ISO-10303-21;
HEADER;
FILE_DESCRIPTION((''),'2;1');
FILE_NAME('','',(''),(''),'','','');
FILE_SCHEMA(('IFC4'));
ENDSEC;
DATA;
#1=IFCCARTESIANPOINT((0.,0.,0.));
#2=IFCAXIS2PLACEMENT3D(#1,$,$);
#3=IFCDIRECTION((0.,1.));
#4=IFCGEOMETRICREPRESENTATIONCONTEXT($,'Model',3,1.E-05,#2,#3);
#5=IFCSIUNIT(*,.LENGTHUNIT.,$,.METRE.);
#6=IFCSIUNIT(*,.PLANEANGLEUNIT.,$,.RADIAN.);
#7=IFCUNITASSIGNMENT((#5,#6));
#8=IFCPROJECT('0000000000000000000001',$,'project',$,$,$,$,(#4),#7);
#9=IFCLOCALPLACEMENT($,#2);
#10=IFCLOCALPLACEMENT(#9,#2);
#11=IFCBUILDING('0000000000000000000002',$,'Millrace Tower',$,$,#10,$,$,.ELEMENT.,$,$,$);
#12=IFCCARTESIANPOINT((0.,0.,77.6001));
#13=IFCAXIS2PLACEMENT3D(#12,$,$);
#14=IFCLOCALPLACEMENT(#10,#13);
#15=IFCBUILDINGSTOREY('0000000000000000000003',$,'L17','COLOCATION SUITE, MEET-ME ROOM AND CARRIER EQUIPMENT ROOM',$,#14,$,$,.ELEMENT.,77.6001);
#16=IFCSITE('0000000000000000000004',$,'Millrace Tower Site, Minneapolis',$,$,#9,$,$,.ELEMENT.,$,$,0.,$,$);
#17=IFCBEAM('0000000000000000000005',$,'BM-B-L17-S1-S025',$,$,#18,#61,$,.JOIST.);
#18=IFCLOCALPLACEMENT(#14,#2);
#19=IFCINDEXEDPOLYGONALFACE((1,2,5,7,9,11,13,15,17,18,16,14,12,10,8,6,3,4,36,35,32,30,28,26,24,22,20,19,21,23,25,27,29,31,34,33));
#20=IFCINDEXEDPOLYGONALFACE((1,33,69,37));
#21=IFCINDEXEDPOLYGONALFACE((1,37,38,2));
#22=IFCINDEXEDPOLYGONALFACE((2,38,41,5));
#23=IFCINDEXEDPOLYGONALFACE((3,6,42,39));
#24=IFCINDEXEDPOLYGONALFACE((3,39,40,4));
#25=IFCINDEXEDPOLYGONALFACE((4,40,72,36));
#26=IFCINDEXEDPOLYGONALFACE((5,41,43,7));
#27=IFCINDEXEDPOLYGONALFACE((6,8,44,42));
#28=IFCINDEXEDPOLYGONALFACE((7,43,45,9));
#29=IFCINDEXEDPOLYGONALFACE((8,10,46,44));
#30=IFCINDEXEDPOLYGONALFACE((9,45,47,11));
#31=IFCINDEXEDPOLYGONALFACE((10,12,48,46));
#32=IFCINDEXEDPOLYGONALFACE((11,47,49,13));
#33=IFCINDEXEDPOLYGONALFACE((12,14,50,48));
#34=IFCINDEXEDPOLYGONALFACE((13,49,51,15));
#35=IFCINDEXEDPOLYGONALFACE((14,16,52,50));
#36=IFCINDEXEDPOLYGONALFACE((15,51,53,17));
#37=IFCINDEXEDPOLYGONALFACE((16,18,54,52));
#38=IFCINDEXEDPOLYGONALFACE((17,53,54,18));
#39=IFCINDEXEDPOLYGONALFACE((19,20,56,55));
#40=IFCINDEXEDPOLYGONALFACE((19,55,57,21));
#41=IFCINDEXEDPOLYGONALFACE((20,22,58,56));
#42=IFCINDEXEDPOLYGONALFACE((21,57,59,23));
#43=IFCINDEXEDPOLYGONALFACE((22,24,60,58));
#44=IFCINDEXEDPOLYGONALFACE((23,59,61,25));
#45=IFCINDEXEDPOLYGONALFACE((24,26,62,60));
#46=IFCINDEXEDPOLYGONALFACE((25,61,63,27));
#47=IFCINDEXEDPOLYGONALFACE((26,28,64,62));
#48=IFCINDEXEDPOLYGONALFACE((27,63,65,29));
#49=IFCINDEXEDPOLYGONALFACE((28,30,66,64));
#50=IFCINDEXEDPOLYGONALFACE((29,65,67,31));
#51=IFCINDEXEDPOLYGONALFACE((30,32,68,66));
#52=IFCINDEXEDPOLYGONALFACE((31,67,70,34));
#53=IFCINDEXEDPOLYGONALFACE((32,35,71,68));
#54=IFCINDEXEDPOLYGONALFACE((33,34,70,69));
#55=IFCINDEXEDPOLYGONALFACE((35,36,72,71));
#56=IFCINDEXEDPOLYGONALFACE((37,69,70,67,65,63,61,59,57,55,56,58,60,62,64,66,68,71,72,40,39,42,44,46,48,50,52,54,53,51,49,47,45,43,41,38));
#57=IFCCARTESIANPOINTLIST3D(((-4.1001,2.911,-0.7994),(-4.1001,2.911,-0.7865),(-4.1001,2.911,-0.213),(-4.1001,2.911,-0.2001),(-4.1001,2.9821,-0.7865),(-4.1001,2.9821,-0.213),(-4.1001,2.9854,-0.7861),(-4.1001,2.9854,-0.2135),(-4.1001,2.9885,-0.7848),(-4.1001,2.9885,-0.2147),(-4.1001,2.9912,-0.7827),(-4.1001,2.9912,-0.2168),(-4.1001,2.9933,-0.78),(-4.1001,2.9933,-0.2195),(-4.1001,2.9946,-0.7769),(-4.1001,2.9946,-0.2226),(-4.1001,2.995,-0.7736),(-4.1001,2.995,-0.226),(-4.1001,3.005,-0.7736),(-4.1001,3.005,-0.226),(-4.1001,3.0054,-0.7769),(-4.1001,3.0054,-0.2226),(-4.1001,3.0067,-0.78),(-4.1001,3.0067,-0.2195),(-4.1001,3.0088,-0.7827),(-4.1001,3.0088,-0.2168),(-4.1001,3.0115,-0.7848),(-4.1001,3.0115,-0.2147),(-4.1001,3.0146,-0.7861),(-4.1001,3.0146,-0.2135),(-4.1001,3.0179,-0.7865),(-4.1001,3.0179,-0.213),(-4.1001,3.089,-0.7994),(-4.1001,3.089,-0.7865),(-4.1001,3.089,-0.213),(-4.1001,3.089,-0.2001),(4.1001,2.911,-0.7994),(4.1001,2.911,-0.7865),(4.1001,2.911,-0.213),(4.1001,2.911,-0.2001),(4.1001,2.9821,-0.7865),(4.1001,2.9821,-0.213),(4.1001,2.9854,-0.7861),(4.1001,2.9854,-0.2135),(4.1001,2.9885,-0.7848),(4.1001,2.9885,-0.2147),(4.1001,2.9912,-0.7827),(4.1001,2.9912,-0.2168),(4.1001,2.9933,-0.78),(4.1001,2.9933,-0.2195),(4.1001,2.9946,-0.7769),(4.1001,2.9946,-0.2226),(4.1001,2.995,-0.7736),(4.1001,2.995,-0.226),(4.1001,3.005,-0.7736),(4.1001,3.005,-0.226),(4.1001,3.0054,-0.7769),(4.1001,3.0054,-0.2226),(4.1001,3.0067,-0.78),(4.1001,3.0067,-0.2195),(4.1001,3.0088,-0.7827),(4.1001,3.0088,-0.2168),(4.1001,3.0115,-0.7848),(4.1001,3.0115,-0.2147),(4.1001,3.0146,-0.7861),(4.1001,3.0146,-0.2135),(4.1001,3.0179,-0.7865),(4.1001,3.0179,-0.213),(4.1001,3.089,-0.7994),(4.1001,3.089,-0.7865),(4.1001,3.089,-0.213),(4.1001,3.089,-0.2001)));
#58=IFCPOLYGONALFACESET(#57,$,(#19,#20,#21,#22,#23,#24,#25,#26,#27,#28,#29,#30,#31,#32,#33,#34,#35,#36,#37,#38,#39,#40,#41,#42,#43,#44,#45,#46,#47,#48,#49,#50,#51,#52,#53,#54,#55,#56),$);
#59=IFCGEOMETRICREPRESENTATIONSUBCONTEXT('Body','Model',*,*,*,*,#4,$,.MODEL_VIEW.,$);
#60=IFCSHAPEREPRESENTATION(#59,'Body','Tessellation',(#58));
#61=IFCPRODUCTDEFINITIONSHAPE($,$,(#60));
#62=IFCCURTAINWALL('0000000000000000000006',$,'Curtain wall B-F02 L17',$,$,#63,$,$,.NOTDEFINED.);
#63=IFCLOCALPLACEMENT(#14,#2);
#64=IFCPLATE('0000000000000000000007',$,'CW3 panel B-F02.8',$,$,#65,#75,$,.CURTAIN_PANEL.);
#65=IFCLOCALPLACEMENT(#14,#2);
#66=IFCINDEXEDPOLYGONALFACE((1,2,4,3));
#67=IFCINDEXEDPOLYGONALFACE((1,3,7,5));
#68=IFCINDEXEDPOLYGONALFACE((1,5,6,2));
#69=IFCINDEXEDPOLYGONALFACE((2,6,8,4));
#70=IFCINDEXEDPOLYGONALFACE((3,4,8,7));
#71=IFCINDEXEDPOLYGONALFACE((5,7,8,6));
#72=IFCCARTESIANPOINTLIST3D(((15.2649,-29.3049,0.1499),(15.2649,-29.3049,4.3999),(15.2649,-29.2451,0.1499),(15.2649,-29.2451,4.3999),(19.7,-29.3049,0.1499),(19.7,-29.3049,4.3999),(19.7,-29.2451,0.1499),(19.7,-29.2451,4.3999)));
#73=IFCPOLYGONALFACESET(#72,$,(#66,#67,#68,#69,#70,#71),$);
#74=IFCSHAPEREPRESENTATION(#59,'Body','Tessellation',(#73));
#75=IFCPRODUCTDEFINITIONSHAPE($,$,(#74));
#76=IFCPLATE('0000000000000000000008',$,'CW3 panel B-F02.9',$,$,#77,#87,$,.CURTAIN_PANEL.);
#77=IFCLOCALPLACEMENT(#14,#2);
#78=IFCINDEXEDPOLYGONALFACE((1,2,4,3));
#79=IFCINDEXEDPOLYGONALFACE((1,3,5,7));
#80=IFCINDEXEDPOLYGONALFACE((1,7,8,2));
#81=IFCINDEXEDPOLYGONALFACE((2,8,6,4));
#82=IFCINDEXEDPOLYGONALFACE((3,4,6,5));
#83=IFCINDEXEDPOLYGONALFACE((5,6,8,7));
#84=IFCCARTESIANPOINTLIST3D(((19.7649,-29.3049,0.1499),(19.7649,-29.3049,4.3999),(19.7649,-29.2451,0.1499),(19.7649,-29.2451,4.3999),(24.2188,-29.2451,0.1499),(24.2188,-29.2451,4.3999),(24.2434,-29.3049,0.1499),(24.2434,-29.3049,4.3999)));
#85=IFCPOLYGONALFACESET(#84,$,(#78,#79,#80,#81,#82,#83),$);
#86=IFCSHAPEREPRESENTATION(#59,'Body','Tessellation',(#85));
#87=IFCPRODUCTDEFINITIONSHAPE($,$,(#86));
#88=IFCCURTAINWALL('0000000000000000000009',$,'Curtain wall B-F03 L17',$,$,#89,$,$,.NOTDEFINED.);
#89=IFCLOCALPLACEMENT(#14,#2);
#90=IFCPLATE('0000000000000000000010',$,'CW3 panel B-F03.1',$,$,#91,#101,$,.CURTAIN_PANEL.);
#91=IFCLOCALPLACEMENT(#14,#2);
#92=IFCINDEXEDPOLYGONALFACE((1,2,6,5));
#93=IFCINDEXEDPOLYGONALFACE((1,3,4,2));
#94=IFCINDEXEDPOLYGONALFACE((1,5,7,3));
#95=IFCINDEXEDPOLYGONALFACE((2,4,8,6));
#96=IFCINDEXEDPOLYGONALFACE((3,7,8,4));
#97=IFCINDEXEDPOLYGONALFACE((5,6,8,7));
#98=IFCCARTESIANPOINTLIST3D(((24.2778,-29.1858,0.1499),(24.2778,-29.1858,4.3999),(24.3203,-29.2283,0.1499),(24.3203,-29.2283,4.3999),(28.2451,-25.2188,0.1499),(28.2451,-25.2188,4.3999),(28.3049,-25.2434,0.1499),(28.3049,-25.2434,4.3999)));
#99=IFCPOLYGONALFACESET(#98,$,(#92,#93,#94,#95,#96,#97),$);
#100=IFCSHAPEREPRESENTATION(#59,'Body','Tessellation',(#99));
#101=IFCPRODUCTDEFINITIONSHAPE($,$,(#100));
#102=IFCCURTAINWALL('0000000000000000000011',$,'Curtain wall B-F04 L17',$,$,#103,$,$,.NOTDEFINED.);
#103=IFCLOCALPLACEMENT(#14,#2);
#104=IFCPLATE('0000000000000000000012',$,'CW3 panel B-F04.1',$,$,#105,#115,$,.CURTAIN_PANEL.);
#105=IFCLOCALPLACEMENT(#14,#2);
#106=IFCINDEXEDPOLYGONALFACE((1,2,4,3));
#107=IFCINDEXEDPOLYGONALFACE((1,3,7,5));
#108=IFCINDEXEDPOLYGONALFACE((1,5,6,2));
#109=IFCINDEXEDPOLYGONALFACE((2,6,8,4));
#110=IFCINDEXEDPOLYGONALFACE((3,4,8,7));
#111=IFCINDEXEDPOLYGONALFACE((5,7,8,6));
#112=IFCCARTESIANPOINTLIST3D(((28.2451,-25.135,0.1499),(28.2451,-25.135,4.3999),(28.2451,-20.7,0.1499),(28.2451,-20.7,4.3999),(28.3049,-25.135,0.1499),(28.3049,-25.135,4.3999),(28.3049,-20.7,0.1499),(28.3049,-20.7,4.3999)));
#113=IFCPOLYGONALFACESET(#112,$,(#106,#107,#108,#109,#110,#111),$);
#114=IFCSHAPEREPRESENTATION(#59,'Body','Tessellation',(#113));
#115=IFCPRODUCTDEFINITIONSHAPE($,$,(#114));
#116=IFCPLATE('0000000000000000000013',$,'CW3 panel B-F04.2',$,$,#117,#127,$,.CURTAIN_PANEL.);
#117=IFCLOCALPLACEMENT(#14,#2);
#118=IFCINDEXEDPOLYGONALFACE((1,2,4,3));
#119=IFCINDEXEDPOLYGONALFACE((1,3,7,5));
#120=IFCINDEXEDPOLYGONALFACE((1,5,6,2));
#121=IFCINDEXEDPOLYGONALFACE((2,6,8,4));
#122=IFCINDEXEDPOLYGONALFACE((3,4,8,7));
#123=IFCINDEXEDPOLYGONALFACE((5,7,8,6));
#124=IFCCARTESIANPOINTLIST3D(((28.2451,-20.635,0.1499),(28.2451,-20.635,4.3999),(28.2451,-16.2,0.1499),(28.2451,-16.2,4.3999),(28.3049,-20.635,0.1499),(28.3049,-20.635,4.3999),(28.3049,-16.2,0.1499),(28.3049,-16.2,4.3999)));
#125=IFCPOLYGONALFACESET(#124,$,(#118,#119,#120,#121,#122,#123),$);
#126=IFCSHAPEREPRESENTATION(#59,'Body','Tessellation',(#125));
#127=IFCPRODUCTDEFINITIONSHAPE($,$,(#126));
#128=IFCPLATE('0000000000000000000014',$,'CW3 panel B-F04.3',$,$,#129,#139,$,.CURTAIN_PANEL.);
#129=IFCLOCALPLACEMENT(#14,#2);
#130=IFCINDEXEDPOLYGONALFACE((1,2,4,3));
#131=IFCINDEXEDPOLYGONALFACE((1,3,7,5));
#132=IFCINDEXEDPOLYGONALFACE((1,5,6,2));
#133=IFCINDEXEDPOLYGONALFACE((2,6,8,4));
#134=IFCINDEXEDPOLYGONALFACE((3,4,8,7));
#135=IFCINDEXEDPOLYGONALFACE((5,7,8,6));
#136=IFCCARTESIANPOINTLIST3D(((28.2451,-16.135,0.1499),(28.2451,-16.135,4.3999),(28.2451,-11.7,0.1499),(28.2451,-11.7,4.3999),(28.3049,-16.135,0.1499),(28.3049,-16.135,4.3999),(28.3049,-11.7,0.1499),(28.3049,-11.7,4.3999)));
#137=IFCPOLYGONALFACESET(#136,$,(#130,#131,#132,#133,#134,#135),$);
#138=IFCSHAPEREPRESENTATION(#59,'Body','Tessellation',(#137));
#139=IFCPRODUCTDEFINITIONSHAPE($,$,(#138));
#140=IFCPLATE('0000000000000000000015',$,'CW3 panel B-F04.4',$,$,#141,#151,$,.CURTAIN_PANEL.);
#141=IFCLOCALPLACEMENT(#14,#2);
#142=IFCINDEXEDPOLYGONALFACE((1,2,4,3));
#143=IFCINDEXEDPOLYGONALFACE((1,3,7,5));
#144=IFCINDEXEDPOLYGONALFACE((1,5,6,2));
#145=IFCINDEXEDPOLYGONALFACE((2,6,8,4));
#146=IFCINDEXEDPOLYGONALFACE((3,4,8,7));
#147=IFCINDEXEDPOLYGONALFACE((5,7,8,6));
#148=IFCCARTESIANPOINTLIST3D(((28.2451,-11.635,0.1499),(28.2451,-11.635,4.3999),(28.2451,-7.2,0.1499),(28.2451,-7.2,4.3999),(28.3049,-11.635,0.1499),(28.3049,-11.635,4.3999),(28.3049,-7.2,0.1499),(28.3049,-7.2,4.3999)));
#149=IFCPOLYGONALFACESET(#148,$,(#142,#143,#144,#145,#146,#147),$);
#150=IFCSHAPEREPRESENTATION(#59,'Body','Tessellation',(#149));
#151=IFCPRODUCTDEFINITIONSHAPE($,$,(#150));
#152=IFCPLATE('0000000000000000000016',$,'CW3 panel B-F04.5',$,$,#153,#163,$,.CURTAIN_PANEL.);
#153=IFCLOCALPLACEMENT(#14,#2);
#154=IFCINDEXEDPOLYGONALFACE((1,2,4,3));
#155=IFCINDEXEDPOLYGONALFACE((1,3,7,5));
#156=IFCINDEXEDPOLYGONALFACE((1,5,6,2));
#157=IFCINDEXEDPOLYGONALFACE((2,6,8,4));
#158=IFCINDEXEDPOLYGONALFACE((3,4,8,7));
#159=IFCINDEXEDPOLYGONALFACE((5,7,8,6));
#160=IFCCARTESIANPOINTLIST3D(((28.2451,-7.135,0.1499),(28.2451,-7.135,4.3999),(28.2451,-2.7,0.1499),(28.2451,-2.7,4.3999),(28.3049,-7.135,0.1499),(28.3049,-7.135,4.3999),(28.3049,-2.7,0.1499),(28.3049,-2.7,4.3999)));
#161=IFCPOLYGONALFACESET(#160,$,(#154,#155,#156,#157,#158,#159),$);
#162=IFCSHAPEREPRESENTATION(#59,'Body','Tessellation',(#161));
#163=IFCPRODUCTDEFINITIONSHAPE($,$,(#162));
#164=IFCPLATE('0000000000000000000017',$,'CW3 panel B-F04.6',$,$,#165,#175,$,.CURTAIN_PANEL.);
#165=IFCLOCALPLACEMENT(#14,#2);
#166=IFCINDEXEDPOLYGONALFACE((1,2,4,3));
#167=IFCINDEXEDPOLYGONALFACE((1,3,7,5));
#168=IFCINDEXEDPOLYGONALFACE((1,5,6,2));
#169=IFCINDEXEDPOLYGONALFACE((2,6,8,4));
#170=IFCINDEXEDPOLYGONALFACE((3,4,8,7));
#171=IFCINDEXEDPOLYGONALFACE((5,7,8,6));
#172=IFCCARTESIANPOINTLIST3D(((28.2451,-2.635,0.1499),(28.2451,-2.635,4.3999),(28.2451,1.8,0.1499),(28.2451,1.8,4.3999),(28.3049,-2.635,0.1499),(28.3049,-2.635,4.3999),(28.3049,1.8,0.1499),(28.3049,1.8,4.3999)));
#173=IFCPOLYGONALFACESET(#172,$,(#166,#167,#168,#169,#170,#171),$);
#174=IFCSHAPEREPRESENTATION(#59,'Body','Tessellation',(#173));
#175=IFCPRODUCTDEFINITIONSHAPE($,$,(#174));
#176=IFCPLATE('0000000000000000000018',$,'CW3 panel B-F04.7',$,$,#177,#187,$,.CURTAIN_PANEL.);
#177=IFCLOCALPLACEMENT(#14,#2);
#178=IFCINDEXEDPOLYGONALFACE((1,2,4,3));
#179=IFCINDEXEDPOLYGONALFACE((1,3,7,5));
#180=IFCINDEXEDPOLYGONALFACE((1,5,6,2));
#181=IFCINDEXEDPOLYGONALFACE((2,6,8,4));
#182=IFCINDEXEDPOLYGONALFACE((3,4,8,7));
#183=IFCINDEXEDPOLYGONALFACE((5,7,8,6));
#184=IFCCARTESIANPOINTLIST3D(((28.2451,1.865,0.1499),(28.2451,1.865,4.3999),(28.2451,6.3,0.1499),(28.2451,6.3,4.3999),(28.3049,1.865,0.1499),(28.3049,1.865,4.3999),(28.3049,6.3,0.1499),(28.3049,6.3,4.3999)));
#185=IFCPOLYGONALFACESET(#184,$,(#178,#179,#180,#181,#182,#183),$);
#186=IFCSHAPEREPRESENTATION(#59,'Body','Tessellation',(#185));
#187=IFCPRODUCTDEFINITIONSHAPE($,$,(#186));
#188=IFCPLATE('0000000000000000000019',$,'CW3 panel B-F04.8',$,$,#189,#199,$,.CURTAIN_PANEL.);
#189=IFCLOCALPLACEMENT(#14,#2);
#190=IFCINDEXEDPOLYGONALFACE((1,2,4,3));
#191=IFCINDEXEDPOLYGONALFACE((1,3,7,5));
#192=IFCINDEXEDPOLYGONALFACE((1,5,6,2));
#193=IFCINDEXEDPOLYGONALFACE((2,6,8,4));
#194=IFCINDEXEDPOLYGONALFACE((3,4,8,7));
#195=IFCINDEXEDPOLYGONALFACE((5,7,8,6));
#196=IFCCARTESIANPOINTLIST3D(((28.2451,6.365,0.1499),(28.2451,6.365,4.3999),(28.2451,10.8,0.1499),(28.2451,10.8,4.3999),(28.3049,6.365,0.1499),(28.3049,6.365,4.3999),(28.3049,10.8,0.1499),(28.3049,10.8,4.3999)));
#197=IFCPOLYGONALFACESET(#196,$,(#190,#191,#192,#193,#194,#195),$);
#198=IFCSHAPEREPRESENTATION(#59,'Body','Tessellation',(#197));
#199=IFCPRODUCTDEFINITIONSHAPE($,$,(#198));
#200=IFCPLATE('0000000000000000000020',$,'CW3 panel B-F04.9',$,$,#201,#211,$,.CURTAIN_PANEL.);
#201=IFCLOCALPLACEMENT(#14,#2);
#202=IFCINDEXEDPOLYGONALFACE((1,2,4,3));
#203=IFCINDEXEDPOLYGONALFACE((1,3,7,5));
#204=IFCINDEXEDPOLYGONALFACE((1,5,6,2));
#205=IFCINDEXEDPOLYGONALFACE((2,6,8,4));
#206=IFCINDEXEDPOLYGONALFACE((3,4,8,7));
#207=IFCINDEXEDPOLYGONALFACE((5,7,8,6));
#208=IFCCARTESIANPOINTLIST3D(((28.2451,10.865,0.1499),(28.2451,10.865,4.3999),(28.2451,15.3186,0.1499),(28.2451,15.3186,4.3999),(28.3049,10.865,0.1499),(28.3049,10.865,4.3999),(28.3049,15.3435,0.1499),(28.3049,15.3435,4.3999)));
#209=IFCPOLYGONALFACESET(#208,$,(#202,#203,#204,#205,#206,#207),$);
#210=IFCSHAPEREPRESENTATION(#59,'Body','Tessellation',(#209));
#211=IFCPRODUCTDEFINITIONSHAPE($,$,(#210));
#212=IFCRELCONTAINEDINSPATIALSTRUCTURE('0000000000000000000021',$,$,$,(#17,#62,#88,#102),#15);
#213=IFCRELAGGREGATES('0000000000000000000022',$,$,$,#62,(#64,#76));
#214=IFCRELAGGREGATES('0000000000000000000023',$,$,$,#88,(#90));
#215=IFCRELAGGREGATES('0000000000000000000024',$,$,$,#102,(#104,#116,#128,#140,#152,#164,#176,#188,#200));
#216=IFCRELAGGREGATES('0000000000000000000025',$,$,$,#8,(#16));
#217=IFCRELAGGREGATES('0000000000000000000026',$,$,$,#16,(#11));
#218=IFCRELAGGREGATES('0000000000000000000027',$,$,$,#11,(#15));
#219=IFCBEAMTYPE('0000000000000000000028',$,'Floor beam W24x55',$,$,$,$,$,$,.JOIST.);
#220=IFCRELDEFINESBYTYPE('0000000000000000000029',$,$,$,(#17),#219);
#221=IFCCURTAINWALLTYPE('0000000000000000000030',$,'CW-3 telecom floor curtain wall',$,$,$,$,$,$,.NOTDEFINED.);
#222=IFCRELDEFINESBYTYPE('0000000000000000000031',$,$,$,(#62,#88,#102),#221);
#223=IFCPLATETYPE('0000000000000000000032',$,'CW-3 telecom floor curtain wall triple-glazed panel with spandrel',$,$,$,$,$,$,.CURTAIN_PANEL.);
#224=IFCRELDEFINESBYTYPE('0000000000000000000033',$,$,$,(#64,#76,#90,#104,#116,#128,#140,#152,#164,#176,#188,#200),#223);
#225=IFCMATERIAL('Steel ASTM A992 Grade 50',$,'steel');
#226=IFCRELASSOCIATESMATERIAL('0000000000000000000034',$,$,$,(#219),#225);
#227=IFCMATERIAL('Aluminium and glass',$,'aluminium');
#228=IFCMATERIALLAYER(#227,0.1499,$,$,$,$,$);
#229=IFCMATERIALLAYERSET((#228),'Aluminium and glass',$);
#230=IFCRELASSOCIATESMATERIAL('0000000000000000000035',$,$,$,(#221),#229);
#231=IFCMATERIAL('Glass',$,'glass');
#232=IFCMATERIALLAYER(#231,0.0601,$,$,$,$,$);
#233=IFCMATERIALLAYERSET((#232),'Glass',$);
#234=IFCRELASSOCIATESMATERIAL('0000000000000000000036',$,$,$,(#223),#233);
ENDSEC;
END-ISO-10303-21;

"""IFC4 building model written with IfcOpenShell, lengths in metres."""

from ifc_helpers import new_model, si_unit, direction, frame, origin, origin_2d, place, context, subcontext, project, spatial, polyline, i_section, outline, extrude, material, layer, layer_set, material_profile, profile_set, type_object, element, aggregate, save


model = new_model("IFC4")

# Units and contexts
model_context = context("Model", 3, precision=1e-05, world=origin(), true_north=direction((0.0, 1.0)))
body_context = subcontext(model_context, "Body", "Model", "MODEL_VIEW")
ifc_project = project(units=[si_unit("LENGTHUNIT", "METRE"), si_unit("PLANEANGLEUNIT", "RADIAN")], contexts=[model_context])

# Site, building, storey
site_placement = place(None, origin())
site = spatial("IfcSite", under=ifc_project, at=site_placement, Name="Millrace Tower Site, Minneapolis", CompositionType="ELEMENT", RefElevation=0.0)
building_placement = place(site_placement, origin())
building = spatial("IfcBuilding", under=site, at=building_placement, Name="Millrace Tower", CompositionType="ELEMENT")
storey_placement = place(building_placement, frame((0.0, 0.0, 77.6001)))
storey = spatial("IfcBuildingStorey", under=building, at=storey_placement, Name="L17", Description="COLOCATION SUITE, MEET-ME ROOM AND CARRIER EQUIPMENT ROOM", CompositionType="ELEMENT", Elevation=77.6001)

# Beam
ifc_material_1 = material(Name="Steel ASTM A992 Grade 50", Category="steel")
ifc_material_profile = material_profile(ifc_material_1, i_section(OverallWidth=0.178, OverallDepth=0.5994, WebThickness=0.01, FlangeThickness=0.0129, FilletRadius=0.0129, at=origin_2d()))
ifc_profile_set = profile_set([ifc_material_profile], Name="Steel ASTM A992 Grade 50")
beam_type = type_object("IfcBeamType", Name="Floor beam W24x55", PredefinedType="JOIST", material=ifc_profile_set)
beam_placement = place(storey_placement, frame((-4.1001, 3.0, -0.4998), z_axis=(1.0, 0.0, 0.0), x_axis=(0.0, 1.0, 0.0)))
element("IfcBeam", 1, at=beam_placement, inside=storey, type_object=beam_type, Name="BM-B-L17-S1-S025", PredefinedType="JOIST", context=body_context, shape_type="SweptSolid", body=[
    extrude(i_section(OverallWidth=0.178, OverallDepth=0.5994, WebThickness=0.01, FlangeThickness=0.0129, FilletRadius=0.0129, at=origin_2d()), origin(), (0.0, 0.0, 1.0), 8.2002),
])

# Curtain wall, plates
ifc_material_2 = material(Name="Aluminium and glass", Category="aluminium")
ifc_layer_1 = layer(ifc_material_2, 0.1499)
ifc_layer_set_1 = layer_set([ifc_layer_1], Name="Aluminium and glass")
curtain_wall_type = type_object("IfcCurtainWallType", Name="CW-3 telecom floor curtain wall", PredefinedType="NOTDEFINED", material=ifc_layer_set_1)
placement_1 = place(storey_placement, origin())
curtain_wall_1 = element("IfcCurtainWall", 2, at=placement_1, inside=storey, type_object=curtain_wall_type, Name="Curtain wall B-F02 L17", PredefinedType="NOTDEFINED")
ifc_material_3 = material(Name="Glass", Category="glass")
ifc_layer_2 = layer(ifc_material_3, 0.0601)
ifc_layer_set_2 = layer_set([ifc_layer_2], Name="Glass")
plate_type = type_object("IfcPlateType", Name="CW-3 telecom floor curtain wall triple-glazed panel with spandrel", PredefinedType="CURTAIN_PANEL", material=ifc_layer_set_2)
placement_2 = place(storey_placement, frame((0.0, 0.0, 0.1499)))
plate_1 = element("IfcPlate", 3, at=placement_2, type_object=plate_type, Name="CW3 panel B-F02.8", PredefinedType="CURTAIN_PANEL", context=body_context, shape_type="SweptSolid", body=[
    extrude(outline(polyline([(15.2649, -29.3049), (19.7, -29.3049), (19.7, -29.2451), (15.2649, -29.2451), (15.2649, -29.3049)])), origin(), (0.0, 0.0, 1.0), 4.25),
])
plate_2 = element("IfcPlate", 4, at=placement_2, type_object=plate_type, Name="CW3 panel B-F02.9", PredefinedType="CURTAIN_PANEL", context=body_context, shape_type="SweptSolid", body=[
    extrude(outline(polyline([(19.7649, -29.3049), (24.2434, -29.3049), (24.2188, -29.2451), (19.7649, -29.2451), (19.7649, -29.3049)])), origin(), (0.0, 0.0, 1.0), 4.25),
])
aggregate(curtain_wall_1, [plate_1, plate_2])

# Curtain wall, plate
curtain_wall_2 = element("IfcCurtainWall", 5, at=placement_1, inside=storey, type_object=curtain_wall_type, Name="Curtain wall B-F03 L17", PredefinedType="NOTDEFINED")
plate_3 = element("IfcPlate", 6, at=placement_2, type_object=plate_type, Name="CW3 panel B-F03.1", PredefinedType="CURTAIN_PANEL", context=body_context, shape_type="SweptSolid", body=[
    extrude(outline(polyline([(24.3203, -29.2283), (28.3049, -25.2434), (28.2451, -25.2188), (24.2778, -29.1858), (24.3203, -29.2283)])), origin(), (0.0, 0.0, 1.0), 4.25),
])
aggregate(curtain_wall_2, [plate_3])

# Curtain wall, plates
curtain_wall_3 = element("IfcCurtainWall", 7, at=placement_1, inside=storey, type_object=curtain_wall_type, Name="Curtain wall B-F04 L17", PredefinedType="NOTDEFINED")
plate_4 = element("IfcPlate", 8, at=placement_2, type_object=plate_type, Name="CW3 panel B-F04.1", PredefinedType="CURTAIN_PANEL", context=body_context, shape_type="SweptSolid", body=[
    extrude(outline(polyline([(28.3049, -25.135), (28.3049, -20.7), (28.2451, -20.7), (28.2451, -25.135), (28.3049, -25.135)])), origin(), (0.0, 0.0, 1.0), 4.25),
])
plate_5 = element("IfcPlate", 9, at=placement_2, type_object=plate_type, Name="CW3 panel B-F04.2", PredefinedType="CURTAIN_PANEL", context=body_context, shape_type="SweptSolid", body=[
    extrude(outline(polyline([(28.3049, -20.635), (28.3049, -16.2), (28.2451, -16.2), (28.2451, -20.635), (28.3049, -20.635)])), origin(), (0.0, 0.0, 1.0), 4.25),
])
plate_6 = element("IfcPlate", 10, at=placement_2, type_object=plate_type, Name="CW3 panel B-F04.3", PredefinedType="CURTAIN_PANEL", context=body_context, shape_type="SweptSolid", body=[
    extrude(outline(polyline([(28.3049, -16.135), (28.3049, -11.7), (28.2451, -11.7), (28.2451, -16.135), (28.3049, -16.135)])), origin(), (0.0, 0.0, 1.0), 4.25),
])
plate_7 = element("IfcPlate", 11, at=placement_2, type_object=plate_type, Name="CW3 panel B-F04.4", PredefinedType="CURTAIN_PANEL", context=body_context, shape_type="SweptSolid", body=[
    extrude(outline(polyline([(28.3049, -11.635), (28.3049, -7.2), (28.2451, -7.2), (28.2451, -11.635), (28.3049, -11.635)])), origin(), (0.0, 0.0, 1.0), 4.25),
])
plate_8 = element("IfcPlate", 12, at=placement_2, type_object=plate_type, Name="CW3 panel B-F04.5", PredefinedType="CURTAIN_PANEL", context=body_context, shape_type="SweptSolid", body=[
    extrude(outline(polyline([(28.3049, -7.135), (28.3049, -2.7), (28.2451, -2.7), (28.2451, -7.135), (28.3049, -7.135)])), origin(), (0.0, 0.0, 1.0), 4.25),
])
plate_9 = element("IfcPlate", 13, at=placement_2, type_object=plate_type, Name="CW3 panel B-F04.6", PredefinedType="CURTAIN_PANEL", context=body_context, shape_type="SweptSolid", body=[
    extrude(outline(polyline([(28.3049, -2.635), (28.3049, 1.8), (28.2451, 1.8), (28.2451, -2.635), (28.3049, -2.635)])), origin(), (0.0, 0.0, 1.0), 4.25),
])
plate_10 = element("IfcPlate", 14, at=placement_2, type_object=plate_type, Name="CW3 panel B-F04.7", PredefinedType="CURTAIN_PANEL", context=body_context, shape_type="SweptSolid", body=[
    extrude(outline(polyline([(28.3049, 1.865), (28.3049, 6.3), (28.2451, 6.3), (28.2451, 1.865), (28.3049, 1.865)])), origin(), (0.0, 0.0, 1.0), 4.25),
])
plate_11 = element("IfcPlate", 15, at=placement_2, type_object=plate_type, Name="CW3 panel B-F04.8", PredefinedType="CURTAIN_PANEL", context=body_context, shape_type="SweptSolid", body=[
    extrude(outline(polyline([(28.3049, 6.365), (28.3049, 10.8), (28.2451, 10.8), (28.2451, 6.365), (28.3049, 6.365)])), origin(), (0.0, 0.0, 1.0), 4.25),
])
plate_12 = element("IfcPlate", 16, at=placement_2, type_object=plate_type, Name="CW3 panel B-F04.9", PredefinedType="CURTAIN_PANEL", context=body_context, shape_type="SweptSolid", body=[
    extrude(outline(polyline([(28.3049, 10.865), (28.3049, 15.3435), (28.2451, 15.3186), (28.2451, 10.865), (28.3049, 10.865)])), origin(), (0.0, 0.0, 1.0), 4.25),
])
aggregate(curtain_wall_3, [plate_4, plate_5, plate_6, plate_7, plate_8, plate_9, plate_10, plate_11, plate_12])

save(model, "model.ifc")
